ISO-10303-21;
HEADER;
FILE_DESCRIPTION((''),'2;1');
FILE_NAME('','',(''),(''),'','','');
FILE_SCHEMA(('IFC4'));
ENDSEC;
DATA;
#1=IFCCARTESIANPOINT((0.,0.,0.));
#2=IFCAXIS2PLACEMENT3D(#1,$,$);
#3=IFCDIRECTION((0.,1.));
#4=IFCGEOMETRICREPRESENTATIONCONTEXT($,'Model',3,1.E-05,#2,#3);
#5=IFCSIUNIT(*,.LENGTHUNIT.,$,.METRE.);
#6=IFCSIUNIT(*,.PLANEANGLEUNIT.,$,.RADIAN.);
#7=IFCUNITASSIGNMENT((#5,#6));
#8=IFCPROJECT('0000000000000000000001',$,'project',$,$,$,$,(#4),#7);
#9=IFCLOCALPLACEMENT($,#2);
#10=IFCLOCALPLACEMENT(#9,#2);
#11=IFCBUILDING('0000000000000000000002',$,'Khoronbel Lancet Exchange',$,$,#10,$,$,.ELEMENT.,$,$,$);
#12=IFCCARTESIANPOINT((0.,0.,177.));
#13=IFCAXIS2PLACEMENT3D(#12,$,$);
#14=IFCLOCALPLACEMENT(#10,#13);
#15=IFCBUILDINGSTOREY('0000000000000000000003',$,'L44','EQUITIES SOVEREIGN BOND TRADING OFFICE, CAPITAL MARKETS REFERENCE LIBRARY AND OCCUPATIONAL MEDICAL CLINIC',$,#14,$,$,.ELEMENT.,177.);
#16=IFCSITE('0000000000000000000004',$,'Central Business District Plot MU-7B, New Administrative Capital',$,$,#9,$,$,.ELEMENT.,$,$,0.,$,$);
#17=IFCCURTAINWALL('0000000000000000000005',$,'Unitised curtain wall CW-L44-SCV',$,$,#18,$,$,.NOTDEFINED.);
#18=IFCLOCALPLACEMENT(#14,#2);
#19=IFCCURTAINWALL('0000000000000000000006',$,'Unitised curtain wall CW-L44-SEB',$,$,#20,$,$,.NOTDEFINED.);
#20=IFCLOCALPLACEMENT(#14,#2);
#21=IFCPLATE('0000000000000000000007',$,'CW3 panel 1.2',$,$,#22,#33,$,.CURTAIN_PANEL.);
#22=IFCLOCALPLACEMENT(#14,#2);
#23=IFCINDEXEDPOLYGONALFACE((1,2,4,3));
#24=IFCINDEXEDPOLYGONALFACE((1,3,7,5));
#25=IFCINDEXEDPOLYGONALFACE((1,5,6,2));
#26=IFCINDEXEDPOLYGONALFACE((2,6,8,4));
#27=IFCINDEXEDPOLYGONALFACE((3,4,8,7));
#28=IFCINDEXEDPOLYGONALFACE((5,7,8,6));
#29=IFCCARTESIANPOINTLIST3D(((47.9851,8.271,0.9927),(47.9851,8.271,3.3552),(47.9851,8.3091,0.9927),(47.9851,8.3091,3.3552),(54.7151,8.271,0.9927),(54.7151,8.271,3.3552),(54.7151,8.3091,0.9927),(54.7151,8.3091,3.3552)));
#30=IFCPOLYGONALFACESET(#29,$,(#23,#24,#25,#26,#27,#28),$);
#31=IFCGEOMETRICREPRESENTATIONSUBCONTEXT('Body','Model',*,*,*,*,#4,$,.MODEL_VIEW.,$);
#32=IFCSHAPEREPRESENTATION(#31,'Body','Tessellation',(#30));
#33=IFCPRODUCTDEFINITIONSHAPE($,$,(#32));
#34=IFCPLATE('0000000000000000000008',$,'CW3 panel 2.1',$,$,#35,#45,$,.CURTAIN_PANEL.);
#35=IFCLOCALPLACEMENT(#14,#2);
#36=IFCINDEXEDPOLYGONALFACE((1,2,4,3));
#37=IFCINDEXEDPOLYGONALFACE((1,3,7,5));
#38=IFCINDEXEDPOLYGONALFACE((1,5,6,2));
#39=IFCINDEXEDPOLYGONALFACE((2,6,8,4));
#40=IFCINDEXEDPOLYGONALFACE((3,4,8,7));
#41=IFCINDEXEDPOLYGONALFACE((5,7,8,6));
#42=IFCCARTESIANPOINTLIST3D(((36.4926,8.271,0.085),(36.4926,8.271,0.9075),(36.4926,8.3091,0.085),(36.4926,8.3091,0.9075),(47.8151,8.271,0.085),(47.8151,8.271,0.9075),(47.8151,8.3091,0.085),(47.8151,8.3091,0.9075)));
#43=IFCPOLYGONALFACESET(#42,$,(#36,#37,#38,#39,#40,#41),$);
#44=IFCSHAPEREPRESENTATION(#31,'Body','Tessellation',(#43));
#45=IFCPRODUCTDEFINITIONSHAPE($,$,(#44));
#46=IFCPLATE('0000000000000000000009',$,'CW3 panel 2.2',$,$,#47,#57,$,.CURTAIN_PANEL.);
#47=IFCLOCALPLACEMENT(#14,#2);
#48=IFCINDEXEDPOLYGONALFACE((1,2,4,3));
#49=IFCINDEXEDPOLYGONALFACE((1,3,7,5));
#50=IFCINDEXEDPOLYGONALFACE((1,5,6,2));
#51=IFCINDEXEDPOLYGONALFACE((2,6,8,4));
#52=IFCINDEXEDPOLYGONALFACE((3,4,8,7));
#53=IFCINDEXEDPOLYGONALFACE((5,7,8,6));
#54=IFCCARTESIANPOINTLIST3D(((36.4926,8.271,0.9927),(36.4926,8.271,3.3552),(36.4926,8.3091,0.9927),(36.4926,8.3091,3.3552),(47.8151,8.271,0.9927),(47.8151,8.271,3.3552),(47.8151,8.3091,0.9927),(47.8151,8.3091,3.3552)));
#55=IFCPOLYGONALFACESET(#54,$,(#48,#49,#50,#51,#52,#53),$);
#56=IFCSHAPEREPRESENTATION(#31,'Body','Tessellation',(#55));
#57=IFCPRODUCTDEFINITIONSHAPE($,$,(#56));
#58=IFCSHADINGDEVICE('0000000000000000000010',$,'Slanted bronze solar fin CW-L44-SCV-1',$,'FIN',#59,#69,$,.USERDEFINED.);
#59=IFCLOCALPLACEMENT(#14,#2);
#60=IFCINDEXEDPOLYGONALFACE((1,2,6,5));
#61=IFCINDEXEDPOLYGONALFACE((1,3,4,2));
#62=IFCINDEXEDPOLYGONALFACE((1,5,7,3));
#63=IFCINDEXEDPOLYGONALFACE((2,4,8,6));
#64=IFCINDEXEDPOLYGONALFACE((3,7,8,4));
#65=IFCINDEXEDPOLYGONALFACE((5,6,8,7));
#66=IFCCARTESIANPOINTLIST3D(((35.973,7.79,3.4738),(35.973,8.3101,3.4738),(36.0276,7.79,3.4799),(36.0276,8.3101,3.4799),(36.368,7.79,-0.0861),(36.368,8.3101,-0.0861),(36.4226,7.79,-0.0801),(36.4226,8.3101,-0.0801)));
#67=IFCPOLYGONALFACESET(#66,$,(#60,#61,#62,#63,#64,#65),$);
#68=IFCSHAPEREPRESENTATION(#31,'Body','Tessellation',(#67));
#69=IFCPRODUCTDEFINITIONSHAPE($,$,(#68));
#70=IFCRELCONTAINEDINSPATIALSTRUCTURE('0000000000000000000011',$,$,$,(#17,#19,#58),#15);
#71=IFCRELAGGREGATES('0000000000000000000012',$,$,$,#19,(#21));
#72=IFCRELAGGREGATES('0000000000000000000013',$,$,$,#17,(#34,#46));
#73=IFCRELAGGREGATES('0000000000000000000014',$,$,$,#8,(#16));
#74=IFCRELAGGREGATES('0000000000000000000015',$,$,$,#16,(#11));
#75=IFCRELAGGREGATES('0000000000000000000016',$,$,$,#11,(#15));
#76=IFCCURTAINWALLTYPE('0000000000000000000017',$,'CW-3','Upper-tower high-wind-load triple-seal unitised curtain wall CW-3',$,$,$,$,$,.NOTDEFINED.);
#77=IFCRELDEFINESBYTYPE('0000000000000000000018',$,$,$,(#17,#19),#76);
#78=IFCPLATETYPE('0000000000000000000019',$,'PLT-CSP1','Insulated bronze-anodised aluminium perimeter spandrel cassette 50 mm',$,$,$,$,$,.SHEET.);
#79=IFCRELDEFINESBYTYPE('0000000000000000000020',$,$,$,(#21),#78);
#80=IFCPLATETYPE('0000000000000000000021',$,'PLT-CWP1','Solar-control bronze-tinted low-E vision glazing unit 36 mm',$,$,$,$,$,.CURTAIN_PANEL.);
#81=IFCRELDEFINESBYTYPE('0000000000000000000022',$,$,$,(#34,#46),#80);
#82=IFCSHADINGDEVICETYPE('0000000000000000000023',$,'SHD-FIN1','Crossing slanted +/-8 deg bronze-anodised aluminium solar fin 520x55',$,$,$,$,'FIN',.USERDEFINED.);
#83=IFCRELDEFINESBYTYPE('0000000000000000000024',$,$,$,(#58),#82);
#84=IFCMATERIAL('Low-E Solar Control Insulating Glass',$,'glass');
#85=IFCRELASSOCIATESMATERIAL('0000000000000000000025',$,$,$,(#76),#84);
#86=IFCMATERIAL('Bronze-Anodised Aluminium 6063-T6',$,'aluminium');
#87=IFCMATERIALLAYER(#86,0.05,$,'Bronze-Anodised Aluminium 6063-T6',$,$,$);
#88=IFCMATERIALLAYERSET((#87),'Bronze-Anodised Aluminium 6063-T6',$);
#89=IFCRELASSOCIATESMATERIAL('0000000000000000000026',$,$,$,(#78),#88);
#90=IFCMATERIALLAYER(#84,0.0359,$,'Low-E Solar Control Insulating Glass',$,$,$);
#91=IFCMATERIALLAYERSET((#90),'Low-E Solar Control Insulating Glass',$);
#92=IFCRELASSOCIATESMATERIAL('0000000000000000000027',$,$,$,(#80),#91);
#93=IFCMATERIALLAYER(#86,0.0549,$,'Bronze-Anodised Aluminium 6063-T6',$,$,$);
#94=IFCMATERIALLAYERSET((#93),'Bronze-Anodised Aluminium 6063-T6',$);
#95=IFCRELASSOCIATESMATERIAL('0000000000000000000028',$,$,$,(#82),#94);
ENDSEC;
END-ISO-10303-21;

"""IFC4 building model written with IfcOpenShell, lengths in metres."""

from ifc_helpers import new_model, si_unit, direction, frame, origin, origin_2d, place, context, subcontext, project, spatial, polyline, rectangle, outline, extrude, material, layer, layer_set, type_object, element, aggregate, save


model = new_model("IFC4")

# Units and contexts
model_context = context("Model", 3, precision=1e-05, world=origin(), true_north=direction((0.0, 1.0)))
body_context = subcontext(model_context, "Body", "Model", "MODEL_VIEW")
ifc_project = project(units=[si_unit("LENGTHUNIT", "METRE"), si_unit("PLANEANGLEUNIT", "RADIAN")], contexts=[model_context])

# Site, building, storey
site_placement = place(None, origin())
site = spatial("IfcSite", under=ifc_project, at=site_placement, Name="Central Business District Plot MU-7B, New Administrative Capital", CompositionType="ELEMENT", RefElevation=0.0)
building_placement = place(site_placement, origin())
building = spatial("IfcBuilding", under=site, at=building_placement, Name="Khoronbel Lancet Exchange", CompositionType="ELEMENT")
storey_placement = place(building_placement, frame((0.0, 0.0, 177.0)))
storey = spatial("IfcBuildingStorey", under=building, at=storey_placement, Name="L44", Description="EQUITIES SOVEREIGN BOND TRADING OFFICE, CAPITAL MARKETS REFERENCE LIBRARY AND OCCUPATIONAL MEDICAL CLINIC", CompositionType="ELEMENT", Elevation=177.0)

# Curtain walls
ifc_material_1 = material(Name="Low-E Solar Control Insulating Glass", Category="glass")
curtain_wall_type = type_object("IfcCurtainWallType", Name="CW-3", Description="Upper-tower high-wind-load triple-seal unitised curtain wall CW-3", PredefinedType="NOTDEFINED", material=ifc_material_1)
curtain_wall_1_placement = place(storey_placement, origin())
curtain_wall_1 = element("IfcCurtainWall", 1, at=curtain_wall_1_placement, inside=storey, type_object=curtain_wall_type, Name="Unitised curtain wall CW-L44-SCV", PredefinedType="NOTDEFINED")
ifc_material_2 = material(Name="Bronze-Anodised Aluminium 6063-T6", Category="aluminium")
curtain_wall_2_placement = place(storey_placement, origin())
curtain_wall_2 = element("IfcCurtainWall", 2, at=curtain_wall_2_placement, inside=storey, type_object=curtain_wall_type, Name="Unitised curtain wall CW-L44-SEB", PredefinedType="NOTDEFINED")

# Plates
ifc_layer_1 = layer(ifc_material_2, 0.05, Name="Bronze-Anodised Aluminium 6063-T6")
ifc_layer_set_1 = layer_set([ifc_layer_1], Name="Bronze-Anodised Aluminium 6063-T6")
plate_type_1 = type_object("IfcPlateType", Name="PLT-CSP1", Description="Insulated bronze-anodised aluminium perimeter spandrel cassette 50 mm", PredefinedType="SHEET", material=ifc_layer_set_1)
plate_1_placement = place(storey_placement, frame((51.3501, 8.29, 0.9927), z_axis=(0.0, 0.0, 1.0), x_axis=(1.0, 0.0, 0.0)))
plate_1 = element("IfcPlate", 3, at=plate_1_placement, type_object=plate_type_1, Name="CW3 panel 1.2", PredefinedType="CURTAIN_PANEL", context=body_context, shape_type="SweptSolid", body=[
    extrude(rectangle(XDim=6.73, YDim=0.0381, at=origin_2d()), origin(), (0.0, 0.0, 1.0), 2.3625),
])
aggregate(curtain_wall_2, [plate_1])
ifc_layer_2 = layer(ifc_material_1, 0.0359, Name="Low-E Solar Control Insulating Glass")
ifc_layer_set_2 = layer_set([ifc_layer_2], Name="Low-E Solar Control Insulating Glass")
plate_type_2 = type_object("IfcPlateType", Name="PLT-CWP1", Description="Solar-control bronze-tinted low-E vision glazing unit 36 mm", PredefinedType="CURTAIN_PANEL", material=ifc_layer_set_2)
plate_2_placement = place(storey_placement, frame((42.1538, 8.29, 0.085), z_axis=(0.0, 0.0, 1.0), x_axis=(1.0, 0.0, 0.0)))
plate_2 = element("IfcPlate", 4, at=plate_2_placement, type_object=plate_type_2, Name="CW3 panel 2.1", PredefinedType="CURTAIN_PANEL", context=body_context, shape_type="SweptSolid", body=[
    extrude(rectangle(XDim=11.3225, YDim=0.0381, at=origin_2d()), origin(), (0.0, 0.0, 1.0), 0.8225),
])
plate_3_placement = place(storey_placement, frame((42.1538, 8.29, 0.9927), z_axis=(0.0, 0.0, 1.0), x_axis=(1.0, 0.0, 0.0)))
plate_3 = element("IfcPlate", 5, at=plate_3_placement, type_object=plate_type_2, Name="CW3 panel 2.2", PredefinedType="CURTAIN_PANEL", context=body_context, shape_type="SweptSolid", body=[
    extrude(rectangle(XDim=11.3225, YDim=0.0381, at=origin_2d()), origin(), (0.0, 0.0, 1.0), 2.3625),
])
aggregate(curtain_wall_1, [plate_2, plate_3])

# Shading device
ifc_layer_3 = layer(ifc_material_2, 0.0549, Name="Bronze-Anodised Aluminium 6063-T6")
ifc_layer_set_3 = layer_set([ifc_layer_3], Name="Bronze-Anodised Aluminium 6063-T6")
shading_device_type = type_object("IfcShadingDeviceType", Name="SHD-FIN1", Description="Crossing slanted +/-8 deg bronze-anodised aluminium solar fin 520x55", ElementType="FIN", PredefinedType="USERDEFINED", material=ifc_layer_set_3)
shading_device_placement = place(storey_placement, frame((36.4226, 8.3101, -0.0801), z_axis=(0.9939, 0.0, 0.110282), x_axis=(0.0, -1.0, 0.0)))
element("IfcShadingDevice", 6, at=shading_device_placement, inside=storey, type_object=shading_device_type, Name="Slanted bronze solar fin CW-L44-SCV-1", ObjectType="FIN", PredefinedType="USERDEFINED", context=body_context, shape_type="SweptSolid", body=[
    extrude(outline(polyline([(0.0, 0.0), (0.52, 0.0), (0.52, -3.5818), (0.0, -3.5818), (0.0, 0.0)])), origin(), (0.0, 0.0, -1.0), 0.0549),
])

save(model, "model.ifc")
